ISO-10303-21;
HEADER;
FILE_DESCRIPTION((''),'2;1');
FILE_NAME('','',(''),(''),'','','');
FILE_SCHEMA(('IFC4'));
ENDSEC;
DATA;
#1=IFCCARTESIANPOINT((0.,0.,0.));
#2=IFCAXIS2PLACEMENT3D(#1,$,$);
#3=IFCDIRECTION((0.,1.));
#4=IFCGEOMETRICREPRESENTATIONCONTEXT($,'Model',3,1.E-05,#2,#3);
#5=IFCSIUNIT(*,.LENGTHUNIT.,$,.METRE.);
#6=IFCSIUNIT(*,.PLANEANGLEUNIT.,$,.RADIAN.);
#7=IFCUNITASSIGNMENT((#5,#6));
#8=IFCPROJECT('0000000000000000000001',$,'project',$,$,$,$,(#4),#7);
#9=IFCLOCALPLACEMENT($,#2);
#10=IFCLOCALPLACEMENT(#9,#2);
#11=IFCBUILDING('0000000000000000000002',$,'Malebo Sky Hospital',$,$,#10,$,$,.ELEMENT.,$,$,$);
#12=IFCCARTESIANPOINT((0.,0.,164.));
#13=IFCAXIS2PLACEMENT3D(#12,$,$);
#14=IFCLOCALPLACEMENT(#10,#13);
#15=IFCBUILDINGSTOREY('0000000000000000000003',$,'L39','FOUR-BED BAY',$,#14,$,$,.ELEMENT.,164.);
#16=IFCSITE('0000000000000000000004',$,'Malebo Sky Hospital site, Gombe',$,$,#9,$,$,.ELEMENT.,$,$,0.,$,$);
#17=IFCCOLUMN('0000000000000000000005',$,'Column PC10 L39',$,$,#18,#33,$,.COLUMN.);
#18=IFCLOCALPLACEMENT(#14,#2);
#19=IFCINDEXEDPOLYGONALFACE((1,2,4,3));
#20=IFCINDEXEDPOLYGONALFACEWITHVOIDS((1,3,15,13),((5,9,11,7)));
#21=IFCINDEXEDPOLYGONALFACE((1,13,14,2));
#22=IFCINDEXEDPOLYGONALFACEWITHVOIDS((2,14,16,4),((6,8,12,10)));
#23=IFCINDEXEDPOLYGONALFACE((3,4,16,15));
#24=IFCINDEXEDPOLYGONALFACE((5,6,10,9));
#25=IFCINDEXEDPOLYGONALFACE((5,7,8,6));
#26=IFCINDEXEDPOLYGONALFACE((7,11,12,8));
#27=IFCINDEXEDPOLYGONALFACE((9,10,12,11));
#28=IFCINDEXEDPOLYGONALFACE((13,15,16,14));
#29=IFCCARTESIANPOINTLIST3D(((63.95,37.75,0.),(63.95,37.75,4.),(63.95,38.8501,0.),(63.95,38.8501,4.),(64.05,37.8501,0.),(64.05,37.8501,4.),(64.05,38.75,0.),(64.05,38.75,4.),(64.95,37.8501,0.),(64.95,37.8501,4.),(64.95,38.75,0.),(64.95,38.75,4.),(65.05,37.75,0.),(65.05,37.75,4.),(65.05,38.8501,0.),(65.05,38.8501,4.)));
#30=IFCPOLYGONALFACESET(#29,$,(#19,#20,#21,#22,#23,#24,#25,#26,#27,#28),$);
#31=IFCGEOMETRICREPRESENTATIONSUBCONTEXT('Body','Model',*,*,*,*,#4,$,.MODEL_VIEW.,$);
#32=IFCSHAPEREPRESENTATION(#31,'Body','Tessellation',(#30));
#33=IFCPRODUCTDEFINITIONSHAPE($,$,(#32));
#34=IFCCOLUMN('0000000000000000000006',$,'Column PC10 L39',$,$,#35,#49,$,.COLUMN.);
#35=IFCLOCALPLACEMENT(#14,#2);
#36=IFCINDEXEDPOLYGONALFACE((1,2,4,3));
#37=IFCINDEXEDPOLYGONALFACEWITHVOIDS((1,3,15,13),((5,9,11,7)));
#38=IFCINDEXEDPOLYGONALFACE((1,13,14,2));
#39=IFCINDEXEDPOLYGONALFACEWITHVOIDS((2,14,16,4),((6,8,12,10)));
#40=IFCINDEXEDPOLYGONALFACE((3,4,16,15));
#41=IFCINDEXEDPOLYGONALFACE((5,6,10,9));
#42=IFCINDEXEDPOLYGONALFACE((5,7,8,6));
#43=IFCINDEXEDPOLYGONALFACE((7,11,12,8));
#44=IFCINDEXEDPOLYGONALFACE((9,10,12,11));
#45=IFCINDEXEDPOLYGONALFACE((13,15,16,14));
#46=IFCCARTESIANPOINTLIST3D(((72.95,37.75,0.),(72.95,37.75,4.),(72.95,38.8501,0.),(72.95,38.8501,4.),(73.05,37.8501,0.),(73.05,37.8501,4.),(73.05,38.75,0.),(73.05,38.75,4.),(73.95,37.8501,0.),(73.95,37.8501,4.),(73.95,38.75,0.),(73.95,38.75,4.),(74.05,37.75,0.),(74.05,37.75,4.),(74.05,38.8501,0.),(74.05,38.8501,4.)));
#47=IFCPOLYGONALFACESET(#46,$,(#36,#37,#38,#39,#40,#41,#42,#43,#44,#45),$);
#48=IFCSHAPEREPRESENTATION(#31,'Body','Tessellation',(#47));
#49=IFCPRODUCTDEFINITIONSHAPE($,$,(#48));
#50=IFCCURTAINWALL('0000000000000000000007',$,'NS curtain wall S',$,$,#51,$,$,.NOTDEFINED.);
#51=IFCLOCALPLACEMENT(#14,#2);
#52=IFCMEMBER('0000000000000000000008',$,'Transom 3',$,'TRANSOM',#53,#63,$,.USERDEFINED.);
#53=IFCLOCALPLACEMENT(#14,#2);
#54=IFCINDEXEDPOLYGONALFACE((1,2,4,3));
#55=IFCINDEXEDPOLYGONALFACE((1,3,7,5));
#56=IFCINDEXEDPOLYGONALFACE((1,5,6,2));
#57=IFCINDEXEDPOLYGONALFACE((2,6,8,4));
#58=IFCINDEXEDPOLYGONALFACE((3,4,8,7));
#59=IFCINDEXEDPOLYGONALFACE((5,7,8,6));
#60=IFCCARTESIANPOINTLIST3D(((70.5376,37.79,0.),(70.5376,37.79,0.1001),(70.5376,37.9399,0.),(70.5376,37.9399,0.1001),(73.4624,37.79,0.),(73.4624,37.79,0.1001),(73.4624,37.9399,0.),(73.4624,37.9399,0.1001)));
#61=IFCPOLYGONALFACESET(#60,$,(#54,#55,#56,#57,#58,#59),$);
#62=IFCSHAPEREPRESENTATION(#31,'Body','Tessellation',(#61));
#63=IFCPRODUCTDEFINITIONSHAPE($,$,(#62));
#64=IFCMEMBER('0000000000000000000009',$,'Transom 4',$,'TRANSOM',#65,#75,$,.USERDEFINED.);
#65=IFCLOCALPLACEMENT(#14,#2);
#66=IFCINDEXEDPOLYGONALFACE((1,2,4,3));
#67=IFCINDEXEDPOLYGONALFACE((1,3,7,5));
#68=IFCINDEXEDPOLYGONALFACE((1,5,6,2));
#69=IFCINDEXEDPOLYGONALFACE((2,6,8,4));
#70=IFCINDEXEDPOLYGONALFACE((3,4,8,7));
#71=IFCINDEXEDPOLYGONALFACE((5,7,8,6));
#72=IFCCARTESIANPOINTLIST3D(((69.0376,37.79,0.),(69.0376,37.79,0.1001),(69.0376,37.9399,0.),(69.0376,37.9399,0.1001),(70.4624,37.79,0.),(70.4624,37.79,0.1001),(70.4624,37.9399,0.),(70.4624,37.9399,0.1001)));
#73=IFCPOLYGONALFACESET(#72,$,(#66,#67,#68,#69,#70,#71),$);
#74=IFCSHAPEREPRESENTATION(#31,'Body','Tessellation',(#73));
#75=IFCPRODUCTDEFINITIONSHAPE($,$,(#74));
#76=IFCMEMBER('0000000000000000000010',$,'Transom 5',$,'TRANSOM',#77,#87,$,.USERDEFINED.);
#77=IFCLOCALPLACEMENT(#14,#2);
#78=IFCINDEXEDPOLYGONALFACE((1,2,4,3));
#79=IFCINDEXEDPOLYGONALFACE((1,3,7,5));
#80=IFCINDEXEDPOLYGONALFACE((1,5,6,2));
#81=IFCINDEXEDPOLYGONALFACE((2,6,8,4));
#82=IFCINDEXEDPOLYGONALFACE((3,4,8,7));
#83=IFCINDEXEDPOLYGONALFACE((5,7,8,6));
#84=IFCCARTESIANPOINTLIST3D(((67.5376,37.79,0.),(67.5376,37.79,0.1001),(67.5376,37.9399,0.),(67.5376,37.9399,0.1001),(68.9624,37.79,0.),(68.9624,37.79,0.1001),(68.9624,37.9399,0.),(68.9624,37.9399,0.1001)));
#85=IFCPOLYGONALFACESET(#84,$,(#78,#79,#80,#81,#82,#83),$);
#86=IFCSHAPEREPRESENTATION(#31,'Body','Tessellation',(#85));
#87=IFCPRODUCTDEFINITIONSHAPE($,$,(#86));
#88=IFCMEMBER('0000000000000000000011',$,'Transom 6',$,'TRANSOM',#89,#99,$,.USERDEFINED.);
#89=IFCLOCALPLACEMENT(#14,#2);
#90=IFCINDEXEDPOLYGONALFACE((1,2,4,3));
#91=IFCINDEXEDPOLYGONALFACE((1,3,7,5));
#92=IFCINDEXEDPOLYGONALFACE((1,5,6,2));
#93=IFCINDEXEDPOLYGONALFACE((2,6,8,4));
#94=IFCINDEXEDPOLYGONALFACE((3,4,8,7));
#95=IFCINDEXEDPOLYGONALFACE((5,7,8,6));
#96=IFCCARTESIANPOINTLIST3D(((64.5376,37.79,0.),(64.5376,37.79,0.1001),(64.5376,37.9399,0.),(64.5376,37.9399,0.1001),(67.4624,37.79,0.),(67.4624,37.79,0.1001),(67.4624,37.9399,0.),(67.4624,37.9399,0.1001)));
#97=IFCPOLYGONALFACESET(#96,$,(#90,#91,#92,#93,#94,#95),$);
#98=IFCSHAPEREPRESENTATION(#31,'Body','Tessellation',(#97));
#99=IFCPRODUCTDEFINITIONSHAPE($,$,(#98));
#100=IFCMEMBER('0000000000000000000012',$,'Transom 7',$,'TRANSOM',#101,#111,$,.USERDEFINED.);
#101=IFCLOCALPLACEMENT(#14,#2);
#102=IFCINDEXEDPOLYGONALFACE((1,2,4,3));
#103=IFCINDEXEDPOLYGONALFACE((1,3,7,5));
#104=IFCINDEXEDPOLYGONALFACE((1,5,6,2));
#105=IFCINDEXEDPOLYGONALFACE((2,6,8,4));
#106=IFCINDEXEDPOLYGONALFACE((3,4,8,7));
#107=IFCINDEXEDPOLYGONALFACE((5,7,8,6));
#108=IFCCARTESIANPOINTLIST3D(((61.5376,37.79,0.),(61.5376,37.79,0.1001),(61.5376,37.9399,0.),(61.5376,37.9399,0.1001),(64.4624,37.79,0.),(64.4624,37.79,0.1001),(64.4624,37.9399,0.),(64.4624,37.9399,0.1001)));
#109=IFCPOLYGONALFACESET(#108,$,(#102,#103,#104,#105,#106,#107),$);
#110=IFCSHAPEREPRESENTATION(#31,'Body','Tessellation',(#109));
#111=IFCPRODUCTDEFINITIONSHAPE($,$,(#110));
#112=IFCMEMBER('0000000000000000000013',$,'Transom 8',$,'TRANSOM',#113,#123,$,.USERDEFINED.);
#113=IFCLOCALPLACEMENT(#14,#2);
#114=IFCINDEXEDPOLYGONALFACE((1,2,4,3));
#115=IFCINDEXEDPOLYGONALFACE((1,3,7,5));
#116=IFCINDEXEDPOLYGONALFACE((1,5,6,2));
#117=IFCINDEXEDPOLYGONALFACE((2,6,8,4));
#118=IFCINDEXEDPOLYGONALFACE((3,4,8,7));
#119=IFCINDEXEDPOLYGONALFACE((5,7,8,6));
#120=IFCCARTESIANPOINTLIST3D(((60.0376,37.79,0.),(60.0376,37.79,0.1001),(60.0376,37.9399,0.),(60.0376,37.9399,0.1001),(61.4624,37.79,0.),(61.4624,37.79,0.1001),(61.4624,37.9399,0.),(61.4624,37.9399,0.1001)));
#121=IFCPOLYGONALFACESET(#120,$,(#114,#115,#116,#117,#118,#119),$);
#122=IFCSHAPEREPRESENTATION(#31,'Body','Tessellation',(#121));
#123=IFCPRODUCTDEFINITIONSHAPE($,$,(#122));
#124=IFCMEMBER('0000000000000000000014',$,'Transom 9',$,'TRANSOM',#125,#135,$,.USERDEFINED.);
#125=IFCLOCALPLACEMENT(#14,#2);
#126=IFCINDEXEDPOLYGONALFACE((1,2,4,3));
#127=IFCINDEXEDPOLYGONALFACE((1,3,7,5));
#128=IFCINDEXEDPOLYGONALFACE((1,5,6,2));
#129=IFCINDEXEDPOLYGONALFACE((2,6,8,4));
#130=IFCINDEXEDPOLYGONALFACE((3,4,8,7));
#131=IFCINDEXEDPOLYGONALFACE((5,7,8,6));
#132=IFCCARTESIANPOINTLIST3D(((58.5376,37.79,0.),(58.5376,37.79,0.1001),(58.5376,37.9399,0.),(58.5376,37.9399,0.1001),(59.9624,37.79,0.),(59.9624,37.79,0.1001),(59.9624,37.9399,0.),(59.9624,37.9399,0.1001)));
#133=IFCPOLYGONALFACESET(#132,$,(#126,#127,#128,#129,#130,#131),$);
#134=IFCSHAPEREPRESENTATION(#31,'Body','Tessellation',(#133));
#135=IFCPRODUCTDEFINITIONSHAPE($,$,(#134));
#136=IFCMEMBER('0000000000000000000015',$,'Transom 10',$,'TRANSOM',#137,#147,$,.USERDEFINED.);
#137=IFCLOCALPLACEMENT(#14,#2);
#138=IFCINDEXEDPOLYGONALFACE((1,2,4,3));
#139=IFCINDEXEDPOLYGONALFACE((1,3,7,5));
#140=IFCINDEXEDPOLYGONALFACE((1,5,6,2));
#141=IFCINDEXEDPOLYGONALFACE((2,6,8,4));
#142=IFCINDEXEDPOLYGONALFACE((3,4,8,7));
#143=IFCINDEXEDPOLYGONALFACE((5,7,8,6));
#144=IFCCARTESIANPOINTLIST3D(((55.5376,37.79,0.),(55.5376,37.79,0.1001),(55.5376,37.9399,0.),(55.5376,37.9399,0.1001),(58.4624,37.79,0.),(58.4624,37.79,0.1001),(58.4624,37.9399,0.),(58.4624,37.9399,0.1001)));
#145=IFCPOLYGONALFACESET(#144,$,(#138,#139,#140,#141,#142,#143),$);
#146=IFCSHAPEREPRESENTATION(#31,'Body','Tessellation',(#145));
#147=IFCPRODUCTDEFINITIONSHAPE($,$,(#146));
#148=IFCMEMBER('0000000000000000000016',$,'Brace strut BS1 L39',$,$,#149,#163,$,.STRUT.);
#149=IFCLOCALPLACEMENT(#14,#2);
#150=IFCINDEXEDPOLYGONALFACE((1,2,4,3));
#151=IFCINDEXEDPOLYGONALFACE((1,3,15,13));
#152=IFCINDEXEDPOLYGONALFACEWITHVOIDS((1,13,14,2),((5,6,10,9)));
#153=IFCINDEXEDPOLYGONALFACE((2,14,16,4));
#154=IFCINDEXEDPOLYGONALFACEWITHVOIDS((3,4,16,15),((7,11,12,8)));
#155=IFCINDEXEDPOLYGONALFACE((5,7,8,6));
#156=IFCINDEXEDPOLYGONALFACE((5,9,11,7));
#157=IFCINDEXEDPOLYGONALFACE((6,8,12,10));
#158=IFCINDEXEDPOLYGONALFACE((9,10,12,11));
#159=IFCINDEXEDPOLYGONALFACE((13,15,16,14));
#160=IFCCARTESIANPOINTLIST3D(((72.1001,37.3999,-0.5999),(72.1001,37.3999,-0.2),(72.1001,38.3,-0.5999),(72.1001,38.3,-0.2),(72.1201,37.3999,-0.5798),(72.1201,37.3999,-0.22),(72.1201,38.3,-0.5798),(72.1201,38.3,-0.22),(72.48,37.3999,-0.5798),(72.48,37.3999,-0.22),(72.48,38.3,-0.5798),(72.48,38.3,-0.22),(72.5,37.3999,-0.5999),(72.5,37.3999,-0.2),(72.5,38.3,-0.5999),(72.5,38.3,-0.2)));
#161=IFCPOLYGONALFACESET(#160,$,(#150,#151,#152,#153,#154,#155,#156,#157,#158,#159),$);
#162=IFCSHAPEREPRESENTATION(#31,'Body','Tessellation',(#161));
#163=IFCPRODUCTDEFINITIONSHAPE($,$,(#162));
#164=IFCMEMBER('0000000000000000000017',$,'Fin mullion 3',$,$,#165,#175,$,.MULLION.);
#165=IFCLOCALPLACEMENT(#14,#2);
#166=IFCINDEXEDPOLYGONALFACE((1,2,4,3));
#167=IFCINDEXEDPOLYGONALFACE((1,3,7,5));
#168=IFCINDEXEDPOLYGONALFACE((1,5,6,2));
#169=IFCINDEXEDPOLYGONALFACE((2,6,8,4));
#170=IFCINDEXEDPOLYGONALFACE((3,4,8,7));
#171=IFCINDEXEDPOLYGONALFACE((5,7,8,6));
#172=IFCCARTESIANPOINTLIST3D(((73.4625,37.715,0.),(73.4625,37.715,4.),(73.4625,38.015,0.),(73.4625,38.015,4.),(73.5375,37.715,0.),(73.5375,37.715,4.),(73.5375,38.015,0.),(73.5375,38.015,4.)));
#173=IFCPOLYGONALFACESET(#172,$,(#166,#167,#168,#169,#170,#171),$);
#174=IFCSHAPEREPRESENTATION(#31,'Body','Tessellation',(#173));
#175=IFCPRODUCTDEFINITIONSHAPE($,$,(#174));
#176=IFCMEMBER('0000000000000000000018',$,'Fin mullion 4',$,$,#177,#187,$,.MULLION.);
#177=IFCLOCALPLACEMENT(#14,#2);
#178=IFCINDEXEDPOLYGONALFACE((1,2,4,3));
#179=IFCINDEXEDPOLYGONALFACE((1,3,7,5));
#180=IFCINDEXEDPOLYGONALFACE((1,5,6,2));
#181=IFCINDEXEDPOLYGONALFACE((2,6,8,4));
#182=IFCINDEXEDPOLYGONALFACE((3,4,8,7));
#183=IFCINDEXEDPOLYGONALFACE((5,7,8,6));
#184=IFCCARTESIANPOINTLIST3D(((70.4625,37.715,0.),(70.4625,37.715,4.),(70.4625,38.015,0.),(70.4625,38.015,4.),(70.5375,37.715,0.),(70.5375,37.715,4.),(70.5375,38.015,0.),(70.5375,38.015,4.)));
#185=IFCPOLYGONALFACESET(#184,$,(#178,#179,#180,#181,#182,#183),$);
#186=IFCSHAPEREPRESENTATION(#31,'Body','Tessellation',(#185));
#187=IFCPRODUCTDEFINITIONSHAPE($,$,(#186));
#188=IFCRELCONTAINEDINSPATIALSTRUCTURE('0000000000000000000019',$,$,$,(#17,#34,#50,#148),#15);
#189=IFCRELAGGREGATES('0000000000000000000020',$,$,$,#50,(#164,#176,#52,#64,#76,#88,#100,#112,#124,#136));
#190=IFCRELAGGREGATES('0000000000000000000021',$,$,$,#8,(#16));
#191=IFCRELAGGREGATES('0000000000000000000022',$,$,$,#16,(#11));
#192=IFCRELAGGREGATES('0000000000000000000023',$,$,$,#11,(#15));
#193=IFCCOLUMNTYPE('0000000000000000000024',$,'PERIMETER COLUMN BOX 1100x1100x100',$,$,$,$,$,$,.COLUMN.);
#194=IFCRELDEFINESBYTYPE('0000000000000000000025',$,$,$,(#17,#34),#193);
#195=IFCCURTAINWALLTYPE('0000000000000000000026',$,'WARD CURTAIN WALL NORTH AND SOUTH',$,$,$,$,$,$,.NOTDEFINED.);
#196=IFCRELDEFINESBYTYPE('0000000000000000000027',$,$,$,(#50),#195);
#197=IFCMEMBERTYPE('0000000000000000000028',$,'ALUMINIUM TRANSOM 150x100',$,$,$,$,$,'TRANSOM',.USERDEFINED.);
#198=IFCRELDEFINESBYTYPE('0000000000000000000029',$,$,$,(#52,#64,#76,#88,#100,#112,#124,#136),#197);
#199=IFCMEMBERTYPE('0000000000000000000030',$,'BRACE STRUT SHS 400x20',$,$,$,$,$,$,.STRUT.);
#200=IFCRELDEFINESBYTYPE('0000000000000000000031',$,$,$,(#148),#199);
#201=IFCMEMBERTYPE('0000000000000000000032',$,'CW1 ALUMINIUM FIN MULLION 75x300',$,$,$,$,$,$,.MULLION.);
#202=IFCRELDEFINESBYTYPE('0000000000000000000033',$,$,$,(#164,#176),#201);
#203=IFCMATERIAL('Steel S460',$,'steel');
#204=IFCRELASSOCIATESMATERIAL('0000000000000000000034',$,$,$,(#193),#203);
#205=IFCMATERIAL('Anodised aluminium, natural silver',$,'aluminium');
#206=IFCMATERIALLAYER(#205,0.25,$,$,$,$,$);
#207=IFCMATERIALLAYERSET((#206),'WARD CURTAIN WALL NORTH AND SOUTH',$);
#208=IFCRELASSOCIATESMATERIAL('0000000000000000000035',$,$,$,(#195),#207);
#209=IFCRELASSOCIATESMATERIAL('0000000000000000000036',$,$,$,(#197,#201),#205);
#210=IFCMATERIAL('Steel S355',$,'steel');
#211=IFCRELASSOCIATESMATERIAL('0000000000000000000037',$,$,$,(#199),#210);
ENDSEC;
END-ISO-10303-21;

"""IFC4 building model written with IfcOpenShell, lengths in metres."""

from ifc_helpers import new_model, si_unit, direction, frame, origin, origin_2d, place, context, subcontext, project, spatial, rectangle, hollow_rectangle, extrude, material, layer, layer_set, material_profile, profile_set, type_object, element, aggregate, save


model = new_model("IFC4")

# Units and contexts
model_context = context("Model", 3, precision=1e-05, world=origin(), true_north=direction((0.0, 1.0)))
body_context = subcontext(model_context, "Body", "Model", "MODEL_VIEW")
ifc_project = project(units=[si_unit("LENGTHUNIT", "METRE"), si_unit("PLANEANGLEUNIT", "RADIAN")], contexts=[model_context])

# Site, building, storey
site_placement = place(None, origin())
site = spatial("IfcSite", under=ifc_project, at=site_placement, Name="Malebo Sky Hospital site, Gombe", CompositionType="ELEMENT", RefElevation=0.0)
building_placement = place(site_placement, origin())
building = spatial("IfcBuilding", under=site, at=building_placement, Name="Malebo Sky Hospital", CompositionType="ELEMENT")
storey_placement = place(building_placement, frame((0.0, 0.0, 164.0)))
storey = spatial("IfcBuildingStorey", under=building, at=storey_placement, Name="L39", Description="FOUR-BED BAY", CompositionType="ELEMENT", Elevation=164.0)

# Columns
ifc_material_1 = material(Name="Steel S460", Category="steel")
ifc_material_profile_1 = material_profile(ifc_material_1, hollow_rectangle(XDim=1.1001, YDim=1.1001, WallThickness=0.1001, at=origin_2d()), Name="BOX 1100x1100x100")
ifc_profile_set_1 = profile_set([ifc_material_profile_1], Name="Steel S460")
column_type = type_object("IfcColumnType", Name="PERIMETER COLUMN BOX 1100x1100x100", PredefinedType="COLUMN", material=ifc_profile_set_1)
for number, where, z_axis, x_axis, name in (
    (1, (64.5, 38.3, 0.0), (0.0, 0.0, 1.0), (1.0, 0.0, 0.0), "Column PC10 L39"),
    (2, (73.5, 38.3, 0.0), (0.0, 0.0, 1.0), (1.0, 0.0, 0.0), "Column PC10 L39"),
):
    element("IfcColumn", number, at=place(storey_placement, frame(where, z_axis=z_axis, x_axis=x_axis)), inside=storey, type_object=column_type, Name=name, PredefinedType="COLUMN", context=body_context, shape_type="SweptSolid", body=[
        extrude(hollow_rectangle(XDim=1.1001, YDim=1.1001, WallThickness=0.1001, at=origin_2d()), origin(), (0.0, 0.0, 1.0), 4.0),
    ])

# Curtain wall, members
ifc_material_2 = material(Name="Anodised aluminium, natural silver", Category="aluminium")
ifc_layer_1 = layer(ifc_material_2, 0.25)
ifc_layer_set_1 = layer_set([ifc_layer_1], Name="WARD CURTAIN WALL NORTH AND SOUTH")
curtain_wall_type = type_object("IfcCurtainWallType", Name="WARD CURTAIN WALL NORTH AND SOUTH", PredefinedType="NOTDEFINED", material=ifc_layer_set_1)
curtain_wall_placement = place(storey_placement, origin())
curtain_wall = element("IfcCurtainWall", 3, at=curtain_wall_placement, inside=storey, type_object=curtain_wall_type, Name="NS curtain wall S", PredefinedType="NOTDEFINED")
ifc_material_profile_2 = material_profile(ifc_material_2, rectangle(XDim=0.1499, YDim=0.1001, at=origin_2d()), Name="ALUMINIUM TRANSOM 150x100")
ifc_profile_set_2 = profile_set([ifc_material_profile_2], Name="Anodised aluminium, natural silver")
member_type_1 = type_object("IfcMemberType", Name="ALUMINIUM TRANSOM 150x100", ElementType="TRANSOM", PredefinedType="USERDEFINED", material=ifc_profile_set_2)
member_1_placement = place(storey_placement, frame((73.4624, 37.865, 0.05), z_axis=(-1.0, 0.0, 0.0), x_axis=(0.0, -1.0, 0.0)))
member_1 = element("IfcMember", 4, at=member_1_placement, type_object=member_type_1, Name="Transom 3", ObjectType="TRANSOM", PredefinedType="USERDEFINED", context=body_context, shape_type="SweptSolid", body=[
    extrude(rectangle(XDim=0.1499, YDim=0.1001, at=origin_2d()), origin(), (0.0, 0.0, 1.0), 2.9248),
])
member_2_placement = place(storey_placement, frame((70.4624, 37.865, 0.05), z_axis=(-1.0, 0.0, 0.0), x_axis=(0.0, -1.0, 0.0)))
member_2 = element("IfcMember", 5, at=member_2_placement, type_object=member_type_1, Name="Transom 4", ObjectType="TRANSOM", PredefinedType="USERDEFINED", context=body_context, shape_type="SweptSolid", body=[
    extrude(rectangle(XDim=0.1499, YDim=0.1001, at=origin_2d()), origin(), (0.0, 0.0, 1.0), 1.4248),
])
member_3_placement = place(storey_placement, frame((68.9624, 37.865, 0.05), z_axis=(-1.0, 0.0, 0.0), x_axis=(0.0, -1.0, 0.0)))
member_3 = element("IfcMember", 6, at=member_3_placement, type_object=member_type_1, Name="Transom 5", ObjectType="TRANSOM", PredefinedType="USERDEFINED", context=body_context, shape_type="SweptSolid", body=[
    extrude(rectangle(XDim=0.1499, YDim=0.1001, at=origin_2d()), origin(), (0.0, 0.0, 1.0), 1.4248),
])
member_4_placement = place(storey_placement, frame((67.4624, 37.865, 0.05), z_axis=(-1.0, 0.0, 0.0), x_axis=(0.0, -1.0, 0.0)))
member_4 = element("IfcMember", 7, at=member_4_placement, type_object=member_type_1, Name="Transom 6", ObjectType="TRANSOM", PredefinedType="USERDEFINED", context=body_context, shape_type="SweptSolid", body=[
    extrude(rectangle(XDim=0.1499, YDim=0.1001, at=origin_2d()), origin(), (0.0, 0.0, 1.0), 2.9248),
])
member_5_placement = place(storey_placement, frame((64.4624, 37.865, 0.05), z_axis=(-1.0, 0.0, 0.0), x_axis=(0.0, -1.0, 0.0)))
member_5 = element("IfcMember", 8, at=member_5_placement, type_object=member_type_1, Name="Transom 7", ObjectType="TRANSOM", PredefinedType="USERDEFINED", context=body_context, shape_type="SweptSolid", body=[
    extrude(rectangle(XDim=0.1499, YDim=0.1001, at=origin_2d()), origin(), (0.0, 0.0, 1.0), 2.9248),
])
member_6_placement = place(storey_placement, frame((61.4624, 37.865, 0.05), z_axis=(-1.0, 0.0, 0.0), x_axis=(0.0, -1.0, 0.0)))
member_6 = element("IfcMember", 9, at=member_6_placement, type_object=member_type_1, Name="Transom 8", ObjectType="TRANSOM", PredefinedType="USERDEFINED", context=body_context, shape_type="SweptSolid", body=[
    extrude(rectangle(XDim=0.1499, YDim=0.1001, at=origin_2d()), origin(), (0.0, 0.0, 1.0), 1.4248),
])
member_7_placement = place(storey_placement, frame((59.9624, 37.865, 0.05), z_axis=(-1.0, 0.0, 0.0), x_axis=(0.0, -1.0, 0.0)))
member_7 = element("IfcMember", 10, at=member_7_placement, type_object=member_type_1, Name="Transom 9", ObjectType="TRANSOM", PredefinedType="USERDEFINED", context=body_context, shape_type="SweptSolid", body=[
    extrude(rectangle(XDim=0.1499, YDim=0.1001, at=origin_2d()), origin(), (0.0, 0.0, 1.0), 1.4248),
])
member_8_placement = place(storey_placement, frame((58.4624, 37.865, 0.05), z_axis=(-1.0, 0.0, 0.0), x_axis=(0.0, -1.0, 0.0)))
member_8 = element("IfcMember", 11, at=member_8_placement, type_object=member_type_1, Name="Transom 10", ObjectType="TRANSOM", PredefinedType="USERDEFINED", context=body_context, shape_type="SweptSolid", body=[
    extrude(rectangle(XDim=0.1499, YDim=0.1001, at=origin_2d()), origin(), (0.0, 0.0, 1.0), 2.9248),
])

# Members
ifc_material_3 = material(Name="Steel S355", Category="steel")
ifc_material_profile_3 = material_profile(ifc_material_3, hollow_rectangle(XDim=0.3999, YDim=0.3999, WallThickness=0.02, at=origin_2d()), Name="SHS 400x20")
ifc_profile_set_3 = profile_set([ifc_material_profile_3], Name="Steel S355")
member_type_2 = type_object("IfcMemberType", Name="BRACE STRUT SHS 400x20", PredefinedType="STRUT", material=ifc_profile_set_3)
member_9_placement = place(storey_placement, frame((72.3, 37.3999, -0.3999), z_axis=(0.0, 1.0, 0.0), x_axis=(-1.0, 0.0, 0.0)))
element("IfcMember", 12, at=member_9_placement, inside=storey, type_object=member_type_2, Name="Brace strut BS1 L39", PredefinedType="STRUT", context=body_context, shape_type="SweptSolid", body=[
    extrude(hollow_rectangle(XDim=0.3999, YDim=0.3999, WallThickness=0.02, at=origin_2d()), origin(), (0.0, 0.0, 1.0), 0.9001),
])
ifc_material_profile_4 = material_profile(ifc_material_2, rectangle(XDim=0.075, YDim=0.3, at=origin_2d()), Name="CW1 ALUMINIUM FIN MULLION 75x300")
ifc_profile_set_4 = profile_set([ifc_material_profile_4], Name="Anodised aluminium, natural silver")
member_type_3 = type_object("IfcMemberType", Name="CW1 ALUMINIUM FIN MULLION 75x300", PredefinedType="MULLION", material=ifc_profile_set_4)
member_10_placement = place(storey_placement, frame((73.5, 37.865, 0.0), z_axis=(0.0, 0.0, 1.0), x_axis=(-1.0, 0.0, 0.0)))
member_10 = element("IfcMember", 13, at=member_10_placement, type_object=member_type_3, Name="Fin mullion 3", PredefinedType="MULLION", context=body_context, shape_type="SweptSolid", body=[
    extrude(rectangle(XDim=0.075, YDim=0.3, at=origin_2d()), origin(), (0.0, 0.0, 1.0), 4.0),
])
member_11_placement = place(storey_placement, frame((70.5, 37.865, 0.0), z_axis=(0.0, 0.0, 1.0), x_axis=(-1.0, 0.0, 0.0)))
member_11 = element("IfcMember", 14, at=member_11_placement, type_object=member_type_3, Name="Fin mullion 4", PredefinedType="MULLION", context=body_context, shape_type="SweptSolid", body=[
    extrude(rectangle(XDim=0.075, YDim=0.3, at=origin_2d()), origin(), (0.0, 0.0, 1.0), 4.0),
])

aggregate(curtain_wall, [member_10, member_11, member_1, member_2, member_3, member_4, member_5, member_6, member_7, member_8])

save(model, "model.ifc")
